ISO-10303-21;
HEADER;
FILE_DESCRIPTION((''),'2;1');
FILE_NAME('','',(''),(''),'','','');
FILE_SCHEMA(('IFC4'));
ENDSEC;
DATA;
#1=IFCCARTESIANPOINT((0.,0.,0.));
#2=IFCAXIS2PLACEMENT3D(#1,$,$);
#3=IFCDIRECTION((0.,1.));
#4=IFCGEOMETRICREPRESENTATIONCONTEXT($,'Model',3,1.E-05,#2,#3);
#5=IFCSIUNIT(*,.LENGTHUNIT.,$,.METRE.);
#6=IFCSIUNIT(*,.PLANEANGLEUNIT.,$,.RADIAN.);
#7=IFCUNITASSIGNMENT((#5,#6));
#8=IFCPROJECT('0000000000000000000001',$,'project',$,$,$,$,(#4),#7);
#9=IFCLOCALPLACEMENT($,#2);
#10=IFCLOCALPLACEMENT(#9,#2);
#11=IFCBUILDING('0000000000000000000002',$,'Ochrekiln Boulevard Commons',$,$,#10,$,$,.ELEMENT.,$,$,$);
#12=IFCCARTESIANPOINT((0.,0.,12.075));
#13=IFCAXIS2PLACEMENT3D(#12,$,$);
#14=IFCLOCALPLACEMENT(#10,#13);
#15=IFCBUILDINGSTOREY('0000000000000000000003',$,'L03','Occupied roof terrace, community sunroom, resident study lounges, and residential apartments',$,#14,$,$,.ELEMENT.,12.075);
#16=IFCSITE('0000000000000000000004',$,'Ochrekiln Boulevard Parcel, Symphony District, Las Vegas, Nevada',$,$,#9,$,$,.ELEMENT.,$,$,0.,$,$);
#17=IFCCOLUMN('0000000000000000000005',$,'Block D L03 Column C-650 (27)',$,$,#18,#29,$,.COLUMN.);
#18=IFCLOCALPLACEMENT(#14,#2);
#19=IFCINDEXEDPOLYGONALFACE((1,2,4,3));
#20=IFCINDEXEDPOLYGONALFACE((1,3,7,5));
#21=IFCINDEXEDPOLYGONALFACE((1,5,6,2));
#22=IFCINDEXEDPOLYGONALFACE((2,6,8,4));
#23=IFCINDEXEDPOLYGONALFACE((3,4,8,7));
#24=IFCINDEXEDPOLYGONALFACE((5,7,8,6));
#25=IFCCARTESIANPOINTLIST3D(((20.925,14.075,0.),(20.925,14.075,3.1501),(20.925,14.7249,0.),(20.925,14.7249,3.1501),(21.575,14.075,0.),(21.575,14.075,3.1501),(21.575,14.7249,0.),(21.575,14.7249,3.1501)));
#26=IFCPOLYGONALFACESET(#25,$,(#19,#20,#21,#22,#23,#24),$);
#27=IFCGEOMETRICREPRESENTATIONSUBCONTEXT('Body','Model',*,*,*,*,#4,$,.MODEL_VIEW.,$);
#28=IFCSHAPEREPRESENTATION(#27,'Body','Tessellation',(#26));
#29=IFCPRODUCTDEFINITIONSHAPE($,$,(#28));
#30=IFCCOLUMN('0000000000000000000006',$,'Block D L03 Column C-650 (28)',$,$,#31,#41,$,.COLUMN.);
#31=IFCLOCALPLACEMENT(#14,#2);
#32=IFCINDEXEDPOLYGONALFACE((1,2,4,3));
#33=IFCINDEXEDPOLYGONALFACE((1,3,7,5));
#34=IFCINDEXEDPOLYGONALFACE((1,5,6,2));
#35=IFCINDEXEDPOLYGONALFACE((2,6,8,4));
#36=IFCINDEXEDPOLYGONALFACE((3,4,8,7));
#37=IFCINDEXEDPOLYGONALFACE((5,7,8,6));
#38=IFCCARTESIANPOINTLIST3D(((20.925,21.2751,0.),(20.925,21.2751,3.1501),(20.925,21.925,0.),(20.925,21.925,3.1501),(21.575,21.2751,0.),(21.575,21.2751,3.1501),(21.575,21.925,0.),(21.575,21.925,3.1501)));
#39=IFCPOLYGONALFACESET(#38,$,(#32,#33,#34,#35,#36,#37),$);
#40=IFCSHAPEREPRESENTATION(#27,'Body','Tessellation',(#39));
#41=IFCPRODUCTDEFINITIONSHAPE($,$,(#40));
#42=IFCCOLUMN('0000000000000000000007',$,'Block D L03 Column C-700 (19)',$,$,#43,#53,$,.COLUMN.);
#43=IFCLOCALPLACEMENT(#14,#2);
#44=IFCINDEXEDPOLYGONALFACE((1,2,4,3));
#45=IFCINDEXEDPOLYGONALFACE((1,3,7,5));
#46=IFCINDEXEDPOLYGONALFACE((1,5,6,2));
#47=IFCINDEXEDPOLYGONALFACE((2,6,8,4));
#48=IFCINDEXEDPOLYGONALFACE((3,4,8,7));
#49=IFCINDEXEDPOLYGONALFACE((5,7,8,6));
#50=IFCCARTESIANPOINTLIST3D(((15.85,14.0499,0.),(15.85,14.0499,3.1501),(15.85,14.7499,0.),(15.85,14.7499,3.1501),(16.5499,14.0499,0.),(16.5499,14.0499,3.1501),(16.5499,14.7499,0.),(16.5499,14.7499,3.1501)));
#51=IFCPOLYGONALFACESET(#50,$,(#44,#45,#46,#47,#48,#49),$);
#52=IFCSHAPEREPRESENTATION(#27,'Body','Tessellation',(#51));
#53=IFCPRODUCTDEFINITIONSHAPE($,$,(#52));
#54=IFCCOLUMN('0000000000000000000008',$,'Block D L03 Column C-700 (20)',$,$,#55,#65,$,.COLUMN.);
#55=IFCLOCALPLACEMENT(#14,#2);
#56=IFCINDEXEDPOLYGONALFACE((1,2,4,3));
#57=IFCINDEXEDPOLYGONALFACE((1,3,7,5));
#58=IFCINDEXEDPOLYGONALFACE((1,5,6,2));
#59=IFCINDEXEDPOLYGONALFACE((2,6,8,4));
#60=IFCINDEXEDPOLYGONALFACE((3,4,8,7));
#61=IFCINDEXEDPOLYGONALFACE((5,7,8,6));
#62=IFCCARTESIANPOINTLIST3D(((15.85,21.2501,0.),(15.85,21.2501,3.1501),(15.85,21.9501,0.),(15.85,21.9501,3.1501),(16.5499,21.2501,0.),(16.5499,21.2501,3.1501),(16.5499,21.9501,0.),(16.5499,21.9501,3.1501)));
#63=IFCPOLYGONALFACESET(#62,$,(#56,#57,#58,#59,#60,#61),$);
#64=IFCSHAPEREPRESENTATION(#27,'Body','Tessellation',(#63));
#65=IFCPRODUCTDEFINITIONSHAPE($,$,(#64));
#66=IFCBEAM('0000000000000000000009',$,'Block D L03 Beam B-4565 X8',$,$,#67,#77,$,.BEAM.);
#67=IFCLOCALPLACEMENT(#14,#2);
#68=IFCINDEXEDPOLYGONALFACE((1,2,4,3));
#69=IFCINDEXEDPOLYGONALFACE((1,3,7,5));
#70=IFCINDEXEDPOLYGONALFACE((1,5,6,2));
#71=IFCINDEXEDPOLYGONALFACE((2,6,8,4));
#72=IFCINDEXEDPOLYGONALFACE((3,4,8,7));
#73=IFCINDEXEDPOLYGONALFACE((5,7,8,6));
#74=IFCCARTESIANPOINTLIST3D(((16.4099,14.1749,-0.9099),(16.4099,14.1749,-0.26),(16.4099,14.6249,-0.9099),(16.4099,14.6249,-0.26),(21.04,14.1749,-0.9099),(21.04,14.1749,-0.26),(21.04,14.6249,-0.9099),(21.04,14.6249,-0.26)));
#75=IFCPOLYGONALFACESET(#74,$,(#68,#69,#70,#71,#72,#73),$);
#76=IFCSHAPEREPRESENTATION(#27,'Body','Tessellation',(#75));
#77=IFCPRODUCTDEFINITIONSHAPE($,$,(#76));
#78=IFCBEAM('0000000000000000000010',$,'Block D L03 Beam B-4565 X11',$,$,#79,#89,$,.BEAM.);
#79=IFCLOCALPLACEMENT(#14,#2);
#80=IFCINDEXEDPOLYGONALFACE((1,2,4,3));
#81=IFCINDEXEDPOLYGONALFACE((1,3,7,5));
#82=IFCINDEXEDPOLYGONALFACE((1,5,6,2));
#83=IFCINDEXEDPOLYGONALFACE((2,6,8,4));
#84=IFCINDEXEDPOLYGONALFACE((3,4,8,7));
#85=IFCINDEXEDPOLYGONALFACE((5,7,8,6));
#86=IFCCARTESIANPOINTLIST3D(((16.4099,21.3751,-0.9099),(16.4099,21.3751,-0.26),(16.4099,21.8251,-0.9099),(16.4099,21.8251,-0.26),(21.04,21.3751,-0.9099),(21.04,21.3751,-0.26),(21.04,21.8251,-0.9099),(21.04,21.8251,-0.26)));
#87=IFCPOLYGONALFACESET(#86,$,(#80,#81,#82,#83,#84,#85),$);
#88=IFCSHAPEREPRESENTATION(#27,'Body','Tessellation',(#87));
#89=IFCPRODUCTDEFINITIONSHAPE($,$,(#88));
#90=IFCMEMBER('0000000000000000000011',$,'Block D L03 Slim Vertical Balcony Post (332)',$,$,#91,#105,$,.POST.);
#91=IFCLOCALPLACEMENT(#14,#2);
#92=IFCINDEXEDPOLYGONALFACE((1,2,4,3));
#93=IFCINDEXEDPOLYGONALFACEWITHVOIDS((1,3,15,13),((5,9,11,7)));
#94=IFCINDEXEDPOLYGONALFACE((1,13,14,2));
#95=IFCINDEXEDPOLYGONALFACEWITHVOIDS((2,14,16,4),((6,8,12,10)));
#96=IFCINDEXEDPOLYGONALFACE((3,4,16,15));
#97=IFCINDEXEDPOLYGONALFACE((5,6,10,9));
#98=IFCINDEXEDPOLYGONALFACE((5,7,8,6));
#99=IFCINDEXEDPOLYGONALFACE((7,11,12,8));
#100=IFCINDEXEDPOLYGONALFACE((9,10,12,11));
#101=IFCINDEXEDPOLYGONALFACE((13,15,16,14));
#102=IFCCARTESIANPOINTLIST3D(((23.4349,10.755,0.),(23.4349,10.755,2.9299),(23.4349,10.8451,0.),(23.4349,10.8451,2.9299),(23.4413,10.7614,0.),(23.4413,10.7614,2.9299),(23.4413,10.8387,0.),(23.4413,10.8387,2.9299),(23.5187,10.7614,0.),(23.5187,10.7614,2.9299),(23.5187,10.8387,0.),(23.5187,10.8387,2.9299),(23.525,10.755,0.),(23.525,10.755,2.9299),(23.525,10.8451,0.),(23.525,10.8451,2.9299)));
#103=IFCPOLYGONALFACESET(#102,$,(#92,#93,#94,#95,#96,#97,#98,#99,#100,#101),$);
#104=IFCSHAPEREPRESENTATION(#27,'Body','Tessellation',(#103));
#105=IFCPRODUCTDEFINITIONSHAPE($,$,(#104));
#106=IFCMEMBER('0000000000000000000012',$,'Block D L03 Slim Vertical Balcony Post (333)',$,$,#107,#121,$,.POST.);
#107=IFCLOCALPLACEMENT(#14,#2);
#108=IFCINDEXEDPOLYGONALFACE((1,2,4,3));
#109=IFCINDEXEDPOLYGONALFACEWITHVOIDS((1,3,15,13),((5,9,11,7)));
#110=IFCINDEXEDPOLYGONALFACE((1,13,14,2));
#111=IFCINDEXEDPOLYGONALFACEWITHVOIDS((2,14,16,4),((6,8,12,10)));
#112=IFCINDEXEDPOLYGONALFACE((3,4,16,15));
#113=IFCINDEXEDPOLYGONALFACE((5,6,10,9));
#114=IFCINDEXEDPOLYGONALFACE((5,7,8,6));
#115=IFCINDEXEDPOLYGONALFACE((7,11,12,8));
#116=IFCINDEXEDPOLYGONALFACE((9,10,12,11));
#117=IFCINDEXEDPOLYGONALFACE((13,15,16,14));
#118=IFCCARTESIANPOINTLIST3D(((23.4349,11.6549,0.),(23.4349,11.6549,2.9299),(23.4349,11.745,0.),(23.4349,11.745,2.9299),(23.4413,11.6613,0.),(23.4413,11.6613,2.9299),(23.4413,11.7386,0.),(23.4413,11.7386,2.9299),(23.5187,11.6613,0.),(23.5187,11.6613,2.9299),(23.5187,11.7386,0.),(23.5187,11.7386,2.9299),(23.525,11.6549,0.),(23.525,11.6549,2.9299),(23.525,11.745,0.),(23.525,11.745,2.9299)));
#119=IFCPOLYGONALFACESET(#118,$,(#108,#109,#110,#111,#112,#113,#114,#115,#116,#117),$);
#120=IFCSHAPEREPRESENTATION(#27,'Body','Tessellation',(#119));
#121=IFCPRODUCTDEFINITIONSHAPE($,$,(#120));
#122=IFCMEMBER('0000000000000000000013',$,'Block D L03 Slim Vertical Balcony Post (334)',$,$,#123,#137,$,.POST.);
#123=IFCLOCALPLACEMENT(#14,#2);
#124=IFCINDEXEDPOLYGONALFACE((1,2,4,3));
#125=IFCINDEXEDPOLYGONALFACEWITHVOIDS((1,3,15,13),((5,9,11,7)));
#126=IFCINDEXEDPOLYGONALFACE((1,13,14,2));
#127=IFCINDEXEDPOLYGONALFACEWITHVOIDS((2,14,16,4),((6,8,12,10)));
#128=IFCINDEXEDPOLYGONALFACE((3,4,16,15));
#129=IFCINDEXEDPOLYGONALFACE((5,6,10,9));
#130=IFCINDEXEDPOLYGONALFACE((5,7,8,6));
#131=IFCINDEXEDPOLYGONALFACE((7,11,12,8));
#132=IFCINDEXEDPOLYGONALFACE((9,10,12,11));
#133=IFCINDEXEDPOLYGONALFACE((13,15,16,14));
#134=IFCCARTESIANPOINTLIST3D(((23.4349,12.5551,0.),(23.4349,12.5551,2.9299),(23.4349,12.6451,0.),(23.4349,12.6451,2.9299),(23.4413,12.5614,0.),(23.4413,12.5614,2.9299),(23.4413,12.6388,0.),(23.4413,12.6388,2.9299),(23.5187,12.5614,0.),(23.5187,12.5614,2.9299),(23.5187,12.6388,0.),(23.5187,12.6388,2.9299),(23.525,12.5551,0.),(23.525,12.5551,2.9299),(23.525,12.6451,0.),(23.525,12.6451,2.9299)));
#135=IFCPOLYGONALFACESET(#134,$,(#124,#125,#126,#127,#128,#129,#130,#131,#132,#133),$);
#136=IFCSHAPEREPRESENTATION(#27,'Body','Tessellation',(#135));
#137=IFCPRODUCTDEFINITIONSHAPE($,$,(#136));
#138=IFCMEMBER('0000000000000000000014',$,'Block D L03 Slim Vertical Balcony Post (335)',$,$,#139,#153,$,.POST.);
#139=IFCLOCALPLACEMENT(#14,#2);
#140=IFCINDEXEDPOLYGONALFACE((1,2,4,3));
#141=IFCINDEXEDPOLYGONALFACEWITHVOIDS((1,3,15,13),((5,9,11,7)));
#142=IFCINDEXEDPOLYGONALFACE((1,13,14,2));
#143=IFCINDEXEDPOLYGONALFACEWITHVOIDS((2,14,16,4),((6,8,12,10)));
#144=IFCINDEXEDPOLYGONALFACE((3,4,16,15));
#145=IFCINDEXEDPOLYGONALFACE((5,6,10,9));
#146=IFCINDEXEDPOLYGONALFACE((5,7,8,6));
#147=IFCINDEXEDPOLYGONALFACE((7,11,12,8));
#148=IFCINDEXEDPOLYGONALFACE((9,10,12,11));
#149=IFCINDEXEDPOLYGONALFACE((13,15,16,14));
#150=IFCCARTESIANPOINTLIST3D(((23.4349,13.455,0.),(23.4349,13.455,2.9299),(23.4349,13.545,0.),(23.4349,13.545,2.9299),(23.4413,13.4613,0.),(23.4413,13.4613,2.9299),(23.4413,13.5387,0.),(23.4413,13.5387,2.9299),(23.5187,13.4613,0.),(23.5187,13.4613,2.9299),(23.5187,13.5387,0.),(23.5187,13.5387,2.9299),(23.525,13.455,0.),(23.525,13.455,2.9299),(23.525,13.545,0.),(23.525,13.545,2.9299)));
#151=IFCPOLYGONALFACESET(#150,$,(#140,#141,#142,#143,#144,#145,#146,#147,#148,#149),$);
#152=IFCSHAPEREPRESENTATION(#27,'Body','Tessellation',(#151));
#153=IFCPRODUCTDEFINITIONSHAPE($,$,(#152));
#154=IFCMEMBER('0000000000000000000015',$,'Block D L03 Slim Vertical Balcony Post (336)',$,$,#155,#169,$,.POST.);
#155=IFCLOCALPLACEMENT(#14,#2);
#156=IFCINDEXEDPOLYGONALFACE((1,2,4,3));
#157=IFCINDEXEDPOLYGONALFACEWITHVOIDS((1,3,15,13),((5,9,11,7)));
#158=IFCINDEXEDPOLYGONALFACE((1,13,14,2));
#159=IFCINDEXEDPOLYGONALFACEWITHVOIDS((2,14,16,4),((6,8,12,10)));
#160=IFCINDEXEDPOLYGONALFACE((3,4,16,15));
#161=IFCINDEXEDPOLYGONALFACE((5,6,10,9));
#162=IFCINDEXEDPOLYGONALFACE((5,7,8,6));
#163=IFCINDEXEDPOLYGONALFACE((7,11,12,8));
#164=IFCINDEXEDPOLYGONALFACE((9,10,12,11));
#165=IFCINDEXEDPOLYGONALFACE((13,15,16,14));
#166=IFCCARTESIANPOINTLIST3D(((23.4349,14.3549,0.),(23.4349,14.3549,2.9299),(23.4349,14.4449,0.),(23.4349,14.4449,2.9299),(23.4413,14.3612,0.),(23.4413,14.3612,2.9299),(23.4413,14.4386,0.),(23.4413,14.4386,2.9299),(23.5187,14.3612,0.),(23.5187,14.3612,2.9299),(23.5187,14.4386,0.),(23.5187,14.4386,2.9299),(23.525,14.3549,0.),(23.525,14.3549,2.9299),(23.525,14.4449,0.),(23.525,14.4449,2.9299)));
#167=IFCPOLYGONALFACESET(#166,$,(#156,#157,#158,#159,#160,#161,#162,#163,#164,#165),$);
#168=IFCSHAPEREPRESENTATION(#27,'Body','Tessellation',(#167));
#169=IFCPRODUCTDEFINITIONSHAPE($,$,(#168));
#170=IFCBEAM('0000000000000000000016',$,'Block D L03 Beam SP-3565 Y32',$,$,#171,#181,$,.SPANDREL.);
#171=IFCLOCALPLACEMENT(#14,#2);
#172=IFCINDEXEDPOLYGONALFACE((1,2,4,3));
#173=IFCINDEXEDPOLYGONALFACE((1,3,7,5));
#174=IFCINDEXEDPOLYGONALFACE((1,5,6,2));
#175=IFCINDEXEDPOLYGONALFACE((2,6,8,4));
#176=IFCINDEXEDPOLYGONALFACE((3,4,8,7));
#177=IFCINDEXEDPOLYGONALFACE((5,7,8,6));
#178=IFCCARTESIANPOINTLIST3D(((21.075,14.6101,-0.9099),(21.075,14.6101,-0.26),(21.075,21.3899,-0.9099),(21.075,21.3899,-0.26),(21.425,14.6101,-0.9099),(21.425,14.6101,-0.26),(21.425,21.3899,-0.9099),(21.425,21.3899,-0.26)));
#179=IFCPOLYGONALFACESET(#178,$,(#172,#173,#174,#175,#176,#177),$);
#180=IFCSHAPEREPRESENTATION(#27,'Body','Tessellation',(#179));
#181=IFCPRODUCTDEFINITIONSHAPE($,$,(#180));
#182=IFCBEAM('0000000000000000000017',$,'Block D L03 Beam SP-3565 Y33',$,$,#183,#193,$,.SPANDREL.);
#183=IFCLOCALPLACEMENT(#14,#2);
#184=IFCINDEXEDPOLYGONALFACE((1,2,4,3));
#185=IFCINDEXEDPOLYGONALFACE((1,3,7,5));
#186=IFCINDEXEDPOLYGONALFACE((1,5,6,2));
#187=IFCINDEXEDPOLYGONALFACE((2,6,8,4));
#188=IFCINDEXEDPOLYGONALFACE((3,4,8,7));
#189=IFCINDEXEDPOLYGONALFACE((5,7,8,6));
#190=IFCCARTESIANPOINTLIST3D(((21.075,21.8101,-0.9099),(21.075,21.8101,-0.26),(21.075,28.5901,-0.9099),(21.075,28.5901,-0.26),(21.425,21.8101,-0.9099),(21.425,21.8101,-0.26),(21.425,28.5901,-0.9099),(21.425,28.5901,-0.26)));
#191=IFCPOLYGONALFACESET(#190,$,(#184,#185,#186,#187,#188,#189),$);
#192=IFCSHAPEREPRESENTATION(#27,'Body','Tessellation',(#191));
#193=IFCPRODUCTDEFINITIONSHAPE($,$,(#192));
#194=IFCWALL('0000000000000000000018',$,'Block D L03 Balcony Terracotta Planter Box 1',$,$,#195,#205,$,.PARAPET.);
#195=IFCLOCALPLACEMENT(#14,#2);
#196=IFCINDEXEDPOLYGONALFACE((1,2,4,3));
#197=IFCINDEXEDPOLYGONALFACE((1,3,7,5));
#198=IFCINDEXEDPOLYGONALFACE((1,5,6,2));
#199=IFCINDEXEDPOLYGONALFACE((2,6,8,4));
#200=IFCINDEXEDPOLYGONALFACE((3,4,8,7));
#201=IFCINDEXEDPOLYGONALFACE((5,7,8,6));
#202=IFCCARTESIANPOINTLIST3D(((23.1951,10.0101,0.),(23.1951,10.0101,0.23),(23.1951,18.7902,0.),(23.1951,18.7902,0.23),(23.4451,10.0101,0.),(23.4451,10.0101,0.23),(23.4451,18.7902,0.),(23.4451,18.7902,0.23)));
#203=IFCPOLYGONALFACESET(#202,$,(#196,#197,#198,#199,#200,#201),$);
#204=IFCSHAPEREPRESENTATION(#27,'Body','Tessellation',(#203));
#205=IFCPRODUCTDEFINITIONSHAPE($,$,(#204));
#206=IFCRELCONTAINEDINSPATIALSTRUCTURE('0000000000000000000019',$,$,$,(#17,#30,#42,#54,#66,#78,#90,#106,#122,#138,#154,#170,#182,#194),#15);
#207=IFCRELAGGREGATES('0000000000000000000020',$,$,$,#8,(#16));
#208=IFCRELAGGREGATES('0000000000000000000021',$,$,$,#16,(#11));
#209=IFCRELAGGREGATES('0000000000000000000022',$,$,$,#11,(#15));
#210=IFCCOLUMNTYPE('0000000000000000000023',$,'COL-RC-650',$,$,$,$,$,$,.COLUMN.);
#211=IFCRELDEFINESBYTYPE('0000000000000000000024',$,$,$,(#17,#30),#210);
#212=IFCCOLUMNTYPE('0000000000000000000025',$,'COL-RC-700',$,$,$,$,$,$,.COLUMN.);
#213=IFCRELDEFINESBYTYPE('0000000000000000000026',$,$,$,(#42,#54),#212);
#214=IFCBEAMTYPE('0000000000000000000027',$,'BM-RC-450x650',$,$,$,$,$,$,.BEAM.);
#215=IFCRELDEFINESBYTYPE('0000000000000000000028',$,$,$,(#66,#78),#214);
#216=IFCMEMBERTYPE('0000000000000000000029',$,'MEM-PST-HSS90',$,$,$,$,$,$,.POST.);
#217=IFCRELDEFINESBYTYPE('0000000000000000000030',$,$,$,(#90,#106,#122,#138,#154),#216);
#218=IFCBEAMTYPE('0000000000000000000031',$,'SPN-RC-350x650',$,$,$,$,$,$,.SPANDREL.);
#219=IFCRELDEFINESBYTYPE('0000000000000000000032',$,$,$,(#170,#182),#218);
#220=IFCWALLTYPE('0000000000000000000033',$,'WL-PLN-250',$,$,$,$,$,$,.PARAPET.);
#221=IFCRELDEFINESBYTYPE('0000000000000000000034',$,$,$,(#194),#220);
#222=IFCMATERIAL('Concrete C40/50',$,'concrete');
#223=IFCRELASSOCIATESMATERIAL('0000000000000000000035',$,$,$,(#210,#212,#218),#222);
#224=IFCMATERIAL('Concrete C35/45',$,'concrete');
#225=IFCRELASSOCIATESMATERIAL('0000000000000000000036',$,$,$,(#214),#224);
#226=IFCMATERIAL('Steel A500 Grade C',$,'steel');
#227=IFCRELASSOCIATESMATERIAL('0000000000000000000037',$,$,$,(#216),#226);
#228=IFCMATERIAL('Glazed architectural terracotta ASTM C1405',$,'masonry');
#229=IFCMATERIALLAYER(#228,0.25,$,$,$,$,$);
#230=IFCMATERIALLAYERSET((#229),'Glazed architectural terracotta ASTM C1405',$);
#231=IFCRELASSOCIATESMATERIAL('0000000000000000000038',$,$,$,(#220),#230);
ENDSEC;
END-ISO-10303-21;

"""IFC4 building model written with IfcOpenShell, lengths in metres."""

from ifc_helpers import new_model, si_unit, direction, frame, frame_2d, origin, origin_2d, place, context, subcontext, project, spatial, rectangle, hollow_rectangle, extrude, material, layer, layer_set, material_profile, profile_set, type_object, element, save


model = new_model("IFC4")

# Units and contexts
model_context = context("Model", 3, precision=1e-05, world=origin(), true_north=direction((0.0, 1.0)))
body_context = subcontext(model_context, "Body", "Model", "MODEL_VIEW")
ifc_project = project(units=[si_unit("LENGTHUNIT", "METRE"), si_unit("PLANEANGLEUNIT", "RADIAN")], contexts=[model_context])

# Site, building, storey
site_placement = place(None, origin())
site = spatial("IfcSite", under=ifc_project, at=site_placement, Name="Ochrekiln Boulevard Parcel, Symphony District, Las Vegas, Nevada", CompositionType="ELEMENT", RefElevation=0.0)
building_placement = place(site_placement, origin())
building = spatial("IfcBuilding", under=site, at=building_placement, Name="Ochrekiln Boulevard Commons", CompositionType="ELEMENT")
storey_placement = place(building_placement, frame((0.0, 0.0, 12.075)))
storey = spatial("IfcBuildingStorey", under=building, at=storey_placement, Name="L03", Description="Occupied roof terrace, community sunroom, resident study lounges, and residential apartments", CompositionType="ELEMENT", Elevation=12.075)

# Columns
ifc_material_1 = material(Name="Concrete C40/50", Category="concrete")
ifc_material_profile_1 = material_profile(ifc_material_1, rectangle(XDim=0.6499, YDim=0.6499, at=origin_2d()), Name="RC-COL-650x650")
ifc_profile_set_1 = profile_set([ifc_material_profile_1], Name="Concrete C40/50")
column_type_1 = type_object("IfcColumnType", Name="COL-RC-650", PredefinedType="COLUMN", material=ifc_profile_set_1)
for number, where, z_axis, x_axis, name in (
    (1, (21.25, 14.3999, 0.0), (0.0, 0.0, 1.0), (1.0, 0.0, 0.0), "Block D L03 Column C-650 (27)"),
    (2, (21.25, 21.6001, 0.0), (0.0, 0.0, 1.0), (1.0, 0.0, 0.0), "Block D L03 Column C-650 (28)"),
):
    element("IfcColumn", number, at=place(storey_placement, frame(where, z_axis=z_axis, x_axis=x_axis)), inside=storey, type_object=column_type_1, Name=name, PredefinedType="COLUMN", context=body_context, shape_type="SweptSolid", body=[
        extrude(rectangle(XDim=0.6499, YDim=0.6499, at=origin_2d()), origin(), (0.0, 0.0, 1.0), 3.1501),
    ])
ifc_material_profile_2 = material_profile(ifc_material_1, rectangle(XDim=0.7, YDim=0.7, at=origin_2d()), Name="RC-COL-700x700")
ifc_profile_set_2 = profile_set([ifc_material_profile_2], Name="Concrete C40/50")
column_type_2 = type_object("IfcColumnType", Name="COL-RC-700", PredefinedType="COLUMN", material=ifc_profile_set_2)
for number, where, z_axis, x_axis, name in (
    (3, (16.2, 14.3999, 0.0), (0.0, 0.0, 1.0), (1.0, 0.0, 0.0), "Block D L03 Column C-700 (19)"),
    (4, (16.2, 21.6001, 0.0), (0.0, 0.0, 1.0), (1.0, 0.0, 0.0), "Block D L03 Column C-700 (20)"),
):
    element("IfcColumn", number, at=place(storey_placement, frame(where, z_axis=z_axis, x_axis=x_axis)), inside=storey, type_object=column_type_2, Name=name, PredefinedType="COLUMN", context=body_context, shape_type="SweptSolid", body=[
        extrude(rectangle(XDim=0.7, YDim=0.7, at=origin_2d()), origin(), (0.0, 0.0, 1.0), 3.1501),
    ])

# Beams
ifc_material_2 = material(Name="Concrete C35/45", Category="concrete")
ifc_material_profile_3 = material_profile(ifc_material_2, rectangle(XDim=0.45, YDim=0.6499, at=origin_2d()), Name="RC-BM-450x650")
ifc_profile_set_3 = profile_set([ifc_material_profile_3], Name="Concrete C35/45")
beam_type_1 = type_object("IfcBeamType", Name="BM-RC-450x650", PredefinedType="BEAM", material=ifc_profile_set_3)
for number, where, z_axis, x_axis, name in (
    (5, (16.4099, 14.3999, -0.585), (1.0, 0.0, 0.0), (0.0, 1.0, 0.0), "Block D L03 Beam B-4565 X8"),
    (6, (16.4099, 21.6001, -0.585), (1.0, 0.0, 0.0), (0.0, 1.0, 0.0), "Block D L03 Beam B-4565 X11"),
):
    element("IfcBeam", number, at=place(storey_placement, frame(where, z_axis=z_axis, x_axis=x_axis)), inside=storey, type_object=beam_type_1, Name=name, PredefinedType="BEAM", context=body_context, shape_type="SweptSolid", body=[
        extrude(rectangle(XDim=0.45, YDim=0.6499, at=origin_2d()), origin(), (0.0, 0.0, 1.0), 4.6301),
    ])

# Members
ifc_material_3 = material(Name="Steel A500 Grade C", Category="steel")
ifc_material_profile_4 = material_profile(ifc_material_3, hollow_rectangle(XDim=0.0901, YDim=0.0901, WallThickness=0.0063, at=origin_2d()), Name="HSS90X90X6.4")
ifc_profile_set_4 = profile_set([ifc_material_profile_4], Name="Steel A500 Grade C")
member_type = type_object("IfcMemberType", Name="MEM-PST-HSS90", PredefinedType="POST", material=ifc_profile_set_4)
for number, where, z_axis, x_axis, name in (
    (7, (23.48, 10.8, 0.0), (0.0, 0.0, 1.0), (1.0, 0.0, 0.0), "Block D L03 Slim Vertical Balcony Post (332)"),
    (8, (23.48, 11.7, 0.0), (0.0, 0.0, 1.0), (1.0, 0.0, 0.0), "Block D L03 Slim Vertical Balcony Post (333)"),
    (9, (23.48, 12.6001, 0.0), (0.0, 0.0, 1.0), (1.0, 0.0, 0.0), "Block D L03 Slim Vertical Balcony Post (334)"),
    (10, (23.48, 13.5, 0.0), (0.0, 0.0, 1.0), (1.0, 0.0, 0.0), "Block D L03 Slim Vertical Balcony Post (335)"),
    (11, (23.48, 14.3999, 0.0), (0.0, 0.0, 1.0), (1.0, 0.0, 0.0), "Block D L03 Slim Vertical Balcony Post (336)"),
):
    element("IfcMember", number, at=place(storey_placement, frame(where, z_axis=z_axis, x_axis=x_axis)), inside=storey, type_object=member_type, Name=name, PredefinedType="POST", context=body_context, shape_type="SweptSolid", body=[
        extrude(hollow_rectangle(XDim=0.0901, YDim=0.0901, WallThickness=0.0063, at=origin_2d()), origin(), (0.0, 0.0, 1.0), 2.9299),
    ])

# Beams
ifc_material_profile_5 = material_profile(ifc_material_1, rectangle(XDim=0.3501, YDim=0.6499, at=origin_2d()), Name="RC-SPN-350x650")
ifc_profile_set_5 = profile_set([ifc_material_profile_5], Name="Concrete C40/50")
beam_type_2 = type_object("IfcBeamType", Name="SPN-RC-350x650", PredefinedType="SPANDREL", material=ifc_profile_set_5)
beam_1_placement = place(storey_placement, frame((21.25, 14.6101, -0.585), z_axis=(0.0, 1.0, 0.0), x_axis=(-1.0, 0.0, 0.0)))
element("IfcBeam", 12, at=beam_1_placement, inside=storey, type_object=beam_type_2, Name="Block D L03 Beam SP-3565 Y32", PredefinedType="SPANDREL", context=body_context, shape_type="SweptSolid", body=[
    extrude(rectangle(XDim=0.3501, YDim=0.6499, at=origin_2d()), origin(), (0.0, 0.0, 1.0), 6.7798),
])
beam_2_placement = place(storey_placement, frame((21.25, 21.8101, -0.585), z_axis=(0.0, 1.0, 0.0), x_axis=(-1.0, 0.0, 0.0)))
element("IfcBeam", 13, at=beam_2_placement, inside=storey, type_object=beam_type_2, Name="Block D L03 Beam SP-3565 Y33", PredefinedType="SPANDREL", context=body_context, shape_type="SweptSolid", body=[
    extrude(rectangle(XDim=0.3501, YDim=0.6499, at=origin_2d()), origin(), (0.0, 0.0, 1.0), 6.78),
])

# Wall
ifc_material_4 = material(Name="Glazed architectural terracotta ASTM C1405", Category="masonry")
ifc_layer_1 = layer(ifc_material_4, 0.25)
ifc_layer_set_1 = layer_set([ifc_layer_1], Name="Glazed architectural terracotta ASTM C1405")
wall_type_1 = type_object("IfcWallType", Name="WL-PLN-250", PredefinedType="PARAPET", material=ifc_layer_set_1)
wall_1_placement = place(storey_placement, frame((23.3201, 10.01, 0.0), z_axis=(0.0, 0.0, 1.0), x_axis=(0.0, 1.0, 0.0)))
element("IfcWall", 14, at=wall_1_placement, inside=storey, type_object=wall_type_1, Name="Block D L03 Balcony Terracotta Planter Box 1", PredefinedType="PARAPET", context=body_context, shape_type="SweptSolid", body=[
    extrude(rectangle(XDim=8.78, YDim=0.25, at=frame_2d((4.3901, 0.0))), origin(), (0.0, 0.0, 1.0), 0.23),
])

save(model, "model.ifc")
